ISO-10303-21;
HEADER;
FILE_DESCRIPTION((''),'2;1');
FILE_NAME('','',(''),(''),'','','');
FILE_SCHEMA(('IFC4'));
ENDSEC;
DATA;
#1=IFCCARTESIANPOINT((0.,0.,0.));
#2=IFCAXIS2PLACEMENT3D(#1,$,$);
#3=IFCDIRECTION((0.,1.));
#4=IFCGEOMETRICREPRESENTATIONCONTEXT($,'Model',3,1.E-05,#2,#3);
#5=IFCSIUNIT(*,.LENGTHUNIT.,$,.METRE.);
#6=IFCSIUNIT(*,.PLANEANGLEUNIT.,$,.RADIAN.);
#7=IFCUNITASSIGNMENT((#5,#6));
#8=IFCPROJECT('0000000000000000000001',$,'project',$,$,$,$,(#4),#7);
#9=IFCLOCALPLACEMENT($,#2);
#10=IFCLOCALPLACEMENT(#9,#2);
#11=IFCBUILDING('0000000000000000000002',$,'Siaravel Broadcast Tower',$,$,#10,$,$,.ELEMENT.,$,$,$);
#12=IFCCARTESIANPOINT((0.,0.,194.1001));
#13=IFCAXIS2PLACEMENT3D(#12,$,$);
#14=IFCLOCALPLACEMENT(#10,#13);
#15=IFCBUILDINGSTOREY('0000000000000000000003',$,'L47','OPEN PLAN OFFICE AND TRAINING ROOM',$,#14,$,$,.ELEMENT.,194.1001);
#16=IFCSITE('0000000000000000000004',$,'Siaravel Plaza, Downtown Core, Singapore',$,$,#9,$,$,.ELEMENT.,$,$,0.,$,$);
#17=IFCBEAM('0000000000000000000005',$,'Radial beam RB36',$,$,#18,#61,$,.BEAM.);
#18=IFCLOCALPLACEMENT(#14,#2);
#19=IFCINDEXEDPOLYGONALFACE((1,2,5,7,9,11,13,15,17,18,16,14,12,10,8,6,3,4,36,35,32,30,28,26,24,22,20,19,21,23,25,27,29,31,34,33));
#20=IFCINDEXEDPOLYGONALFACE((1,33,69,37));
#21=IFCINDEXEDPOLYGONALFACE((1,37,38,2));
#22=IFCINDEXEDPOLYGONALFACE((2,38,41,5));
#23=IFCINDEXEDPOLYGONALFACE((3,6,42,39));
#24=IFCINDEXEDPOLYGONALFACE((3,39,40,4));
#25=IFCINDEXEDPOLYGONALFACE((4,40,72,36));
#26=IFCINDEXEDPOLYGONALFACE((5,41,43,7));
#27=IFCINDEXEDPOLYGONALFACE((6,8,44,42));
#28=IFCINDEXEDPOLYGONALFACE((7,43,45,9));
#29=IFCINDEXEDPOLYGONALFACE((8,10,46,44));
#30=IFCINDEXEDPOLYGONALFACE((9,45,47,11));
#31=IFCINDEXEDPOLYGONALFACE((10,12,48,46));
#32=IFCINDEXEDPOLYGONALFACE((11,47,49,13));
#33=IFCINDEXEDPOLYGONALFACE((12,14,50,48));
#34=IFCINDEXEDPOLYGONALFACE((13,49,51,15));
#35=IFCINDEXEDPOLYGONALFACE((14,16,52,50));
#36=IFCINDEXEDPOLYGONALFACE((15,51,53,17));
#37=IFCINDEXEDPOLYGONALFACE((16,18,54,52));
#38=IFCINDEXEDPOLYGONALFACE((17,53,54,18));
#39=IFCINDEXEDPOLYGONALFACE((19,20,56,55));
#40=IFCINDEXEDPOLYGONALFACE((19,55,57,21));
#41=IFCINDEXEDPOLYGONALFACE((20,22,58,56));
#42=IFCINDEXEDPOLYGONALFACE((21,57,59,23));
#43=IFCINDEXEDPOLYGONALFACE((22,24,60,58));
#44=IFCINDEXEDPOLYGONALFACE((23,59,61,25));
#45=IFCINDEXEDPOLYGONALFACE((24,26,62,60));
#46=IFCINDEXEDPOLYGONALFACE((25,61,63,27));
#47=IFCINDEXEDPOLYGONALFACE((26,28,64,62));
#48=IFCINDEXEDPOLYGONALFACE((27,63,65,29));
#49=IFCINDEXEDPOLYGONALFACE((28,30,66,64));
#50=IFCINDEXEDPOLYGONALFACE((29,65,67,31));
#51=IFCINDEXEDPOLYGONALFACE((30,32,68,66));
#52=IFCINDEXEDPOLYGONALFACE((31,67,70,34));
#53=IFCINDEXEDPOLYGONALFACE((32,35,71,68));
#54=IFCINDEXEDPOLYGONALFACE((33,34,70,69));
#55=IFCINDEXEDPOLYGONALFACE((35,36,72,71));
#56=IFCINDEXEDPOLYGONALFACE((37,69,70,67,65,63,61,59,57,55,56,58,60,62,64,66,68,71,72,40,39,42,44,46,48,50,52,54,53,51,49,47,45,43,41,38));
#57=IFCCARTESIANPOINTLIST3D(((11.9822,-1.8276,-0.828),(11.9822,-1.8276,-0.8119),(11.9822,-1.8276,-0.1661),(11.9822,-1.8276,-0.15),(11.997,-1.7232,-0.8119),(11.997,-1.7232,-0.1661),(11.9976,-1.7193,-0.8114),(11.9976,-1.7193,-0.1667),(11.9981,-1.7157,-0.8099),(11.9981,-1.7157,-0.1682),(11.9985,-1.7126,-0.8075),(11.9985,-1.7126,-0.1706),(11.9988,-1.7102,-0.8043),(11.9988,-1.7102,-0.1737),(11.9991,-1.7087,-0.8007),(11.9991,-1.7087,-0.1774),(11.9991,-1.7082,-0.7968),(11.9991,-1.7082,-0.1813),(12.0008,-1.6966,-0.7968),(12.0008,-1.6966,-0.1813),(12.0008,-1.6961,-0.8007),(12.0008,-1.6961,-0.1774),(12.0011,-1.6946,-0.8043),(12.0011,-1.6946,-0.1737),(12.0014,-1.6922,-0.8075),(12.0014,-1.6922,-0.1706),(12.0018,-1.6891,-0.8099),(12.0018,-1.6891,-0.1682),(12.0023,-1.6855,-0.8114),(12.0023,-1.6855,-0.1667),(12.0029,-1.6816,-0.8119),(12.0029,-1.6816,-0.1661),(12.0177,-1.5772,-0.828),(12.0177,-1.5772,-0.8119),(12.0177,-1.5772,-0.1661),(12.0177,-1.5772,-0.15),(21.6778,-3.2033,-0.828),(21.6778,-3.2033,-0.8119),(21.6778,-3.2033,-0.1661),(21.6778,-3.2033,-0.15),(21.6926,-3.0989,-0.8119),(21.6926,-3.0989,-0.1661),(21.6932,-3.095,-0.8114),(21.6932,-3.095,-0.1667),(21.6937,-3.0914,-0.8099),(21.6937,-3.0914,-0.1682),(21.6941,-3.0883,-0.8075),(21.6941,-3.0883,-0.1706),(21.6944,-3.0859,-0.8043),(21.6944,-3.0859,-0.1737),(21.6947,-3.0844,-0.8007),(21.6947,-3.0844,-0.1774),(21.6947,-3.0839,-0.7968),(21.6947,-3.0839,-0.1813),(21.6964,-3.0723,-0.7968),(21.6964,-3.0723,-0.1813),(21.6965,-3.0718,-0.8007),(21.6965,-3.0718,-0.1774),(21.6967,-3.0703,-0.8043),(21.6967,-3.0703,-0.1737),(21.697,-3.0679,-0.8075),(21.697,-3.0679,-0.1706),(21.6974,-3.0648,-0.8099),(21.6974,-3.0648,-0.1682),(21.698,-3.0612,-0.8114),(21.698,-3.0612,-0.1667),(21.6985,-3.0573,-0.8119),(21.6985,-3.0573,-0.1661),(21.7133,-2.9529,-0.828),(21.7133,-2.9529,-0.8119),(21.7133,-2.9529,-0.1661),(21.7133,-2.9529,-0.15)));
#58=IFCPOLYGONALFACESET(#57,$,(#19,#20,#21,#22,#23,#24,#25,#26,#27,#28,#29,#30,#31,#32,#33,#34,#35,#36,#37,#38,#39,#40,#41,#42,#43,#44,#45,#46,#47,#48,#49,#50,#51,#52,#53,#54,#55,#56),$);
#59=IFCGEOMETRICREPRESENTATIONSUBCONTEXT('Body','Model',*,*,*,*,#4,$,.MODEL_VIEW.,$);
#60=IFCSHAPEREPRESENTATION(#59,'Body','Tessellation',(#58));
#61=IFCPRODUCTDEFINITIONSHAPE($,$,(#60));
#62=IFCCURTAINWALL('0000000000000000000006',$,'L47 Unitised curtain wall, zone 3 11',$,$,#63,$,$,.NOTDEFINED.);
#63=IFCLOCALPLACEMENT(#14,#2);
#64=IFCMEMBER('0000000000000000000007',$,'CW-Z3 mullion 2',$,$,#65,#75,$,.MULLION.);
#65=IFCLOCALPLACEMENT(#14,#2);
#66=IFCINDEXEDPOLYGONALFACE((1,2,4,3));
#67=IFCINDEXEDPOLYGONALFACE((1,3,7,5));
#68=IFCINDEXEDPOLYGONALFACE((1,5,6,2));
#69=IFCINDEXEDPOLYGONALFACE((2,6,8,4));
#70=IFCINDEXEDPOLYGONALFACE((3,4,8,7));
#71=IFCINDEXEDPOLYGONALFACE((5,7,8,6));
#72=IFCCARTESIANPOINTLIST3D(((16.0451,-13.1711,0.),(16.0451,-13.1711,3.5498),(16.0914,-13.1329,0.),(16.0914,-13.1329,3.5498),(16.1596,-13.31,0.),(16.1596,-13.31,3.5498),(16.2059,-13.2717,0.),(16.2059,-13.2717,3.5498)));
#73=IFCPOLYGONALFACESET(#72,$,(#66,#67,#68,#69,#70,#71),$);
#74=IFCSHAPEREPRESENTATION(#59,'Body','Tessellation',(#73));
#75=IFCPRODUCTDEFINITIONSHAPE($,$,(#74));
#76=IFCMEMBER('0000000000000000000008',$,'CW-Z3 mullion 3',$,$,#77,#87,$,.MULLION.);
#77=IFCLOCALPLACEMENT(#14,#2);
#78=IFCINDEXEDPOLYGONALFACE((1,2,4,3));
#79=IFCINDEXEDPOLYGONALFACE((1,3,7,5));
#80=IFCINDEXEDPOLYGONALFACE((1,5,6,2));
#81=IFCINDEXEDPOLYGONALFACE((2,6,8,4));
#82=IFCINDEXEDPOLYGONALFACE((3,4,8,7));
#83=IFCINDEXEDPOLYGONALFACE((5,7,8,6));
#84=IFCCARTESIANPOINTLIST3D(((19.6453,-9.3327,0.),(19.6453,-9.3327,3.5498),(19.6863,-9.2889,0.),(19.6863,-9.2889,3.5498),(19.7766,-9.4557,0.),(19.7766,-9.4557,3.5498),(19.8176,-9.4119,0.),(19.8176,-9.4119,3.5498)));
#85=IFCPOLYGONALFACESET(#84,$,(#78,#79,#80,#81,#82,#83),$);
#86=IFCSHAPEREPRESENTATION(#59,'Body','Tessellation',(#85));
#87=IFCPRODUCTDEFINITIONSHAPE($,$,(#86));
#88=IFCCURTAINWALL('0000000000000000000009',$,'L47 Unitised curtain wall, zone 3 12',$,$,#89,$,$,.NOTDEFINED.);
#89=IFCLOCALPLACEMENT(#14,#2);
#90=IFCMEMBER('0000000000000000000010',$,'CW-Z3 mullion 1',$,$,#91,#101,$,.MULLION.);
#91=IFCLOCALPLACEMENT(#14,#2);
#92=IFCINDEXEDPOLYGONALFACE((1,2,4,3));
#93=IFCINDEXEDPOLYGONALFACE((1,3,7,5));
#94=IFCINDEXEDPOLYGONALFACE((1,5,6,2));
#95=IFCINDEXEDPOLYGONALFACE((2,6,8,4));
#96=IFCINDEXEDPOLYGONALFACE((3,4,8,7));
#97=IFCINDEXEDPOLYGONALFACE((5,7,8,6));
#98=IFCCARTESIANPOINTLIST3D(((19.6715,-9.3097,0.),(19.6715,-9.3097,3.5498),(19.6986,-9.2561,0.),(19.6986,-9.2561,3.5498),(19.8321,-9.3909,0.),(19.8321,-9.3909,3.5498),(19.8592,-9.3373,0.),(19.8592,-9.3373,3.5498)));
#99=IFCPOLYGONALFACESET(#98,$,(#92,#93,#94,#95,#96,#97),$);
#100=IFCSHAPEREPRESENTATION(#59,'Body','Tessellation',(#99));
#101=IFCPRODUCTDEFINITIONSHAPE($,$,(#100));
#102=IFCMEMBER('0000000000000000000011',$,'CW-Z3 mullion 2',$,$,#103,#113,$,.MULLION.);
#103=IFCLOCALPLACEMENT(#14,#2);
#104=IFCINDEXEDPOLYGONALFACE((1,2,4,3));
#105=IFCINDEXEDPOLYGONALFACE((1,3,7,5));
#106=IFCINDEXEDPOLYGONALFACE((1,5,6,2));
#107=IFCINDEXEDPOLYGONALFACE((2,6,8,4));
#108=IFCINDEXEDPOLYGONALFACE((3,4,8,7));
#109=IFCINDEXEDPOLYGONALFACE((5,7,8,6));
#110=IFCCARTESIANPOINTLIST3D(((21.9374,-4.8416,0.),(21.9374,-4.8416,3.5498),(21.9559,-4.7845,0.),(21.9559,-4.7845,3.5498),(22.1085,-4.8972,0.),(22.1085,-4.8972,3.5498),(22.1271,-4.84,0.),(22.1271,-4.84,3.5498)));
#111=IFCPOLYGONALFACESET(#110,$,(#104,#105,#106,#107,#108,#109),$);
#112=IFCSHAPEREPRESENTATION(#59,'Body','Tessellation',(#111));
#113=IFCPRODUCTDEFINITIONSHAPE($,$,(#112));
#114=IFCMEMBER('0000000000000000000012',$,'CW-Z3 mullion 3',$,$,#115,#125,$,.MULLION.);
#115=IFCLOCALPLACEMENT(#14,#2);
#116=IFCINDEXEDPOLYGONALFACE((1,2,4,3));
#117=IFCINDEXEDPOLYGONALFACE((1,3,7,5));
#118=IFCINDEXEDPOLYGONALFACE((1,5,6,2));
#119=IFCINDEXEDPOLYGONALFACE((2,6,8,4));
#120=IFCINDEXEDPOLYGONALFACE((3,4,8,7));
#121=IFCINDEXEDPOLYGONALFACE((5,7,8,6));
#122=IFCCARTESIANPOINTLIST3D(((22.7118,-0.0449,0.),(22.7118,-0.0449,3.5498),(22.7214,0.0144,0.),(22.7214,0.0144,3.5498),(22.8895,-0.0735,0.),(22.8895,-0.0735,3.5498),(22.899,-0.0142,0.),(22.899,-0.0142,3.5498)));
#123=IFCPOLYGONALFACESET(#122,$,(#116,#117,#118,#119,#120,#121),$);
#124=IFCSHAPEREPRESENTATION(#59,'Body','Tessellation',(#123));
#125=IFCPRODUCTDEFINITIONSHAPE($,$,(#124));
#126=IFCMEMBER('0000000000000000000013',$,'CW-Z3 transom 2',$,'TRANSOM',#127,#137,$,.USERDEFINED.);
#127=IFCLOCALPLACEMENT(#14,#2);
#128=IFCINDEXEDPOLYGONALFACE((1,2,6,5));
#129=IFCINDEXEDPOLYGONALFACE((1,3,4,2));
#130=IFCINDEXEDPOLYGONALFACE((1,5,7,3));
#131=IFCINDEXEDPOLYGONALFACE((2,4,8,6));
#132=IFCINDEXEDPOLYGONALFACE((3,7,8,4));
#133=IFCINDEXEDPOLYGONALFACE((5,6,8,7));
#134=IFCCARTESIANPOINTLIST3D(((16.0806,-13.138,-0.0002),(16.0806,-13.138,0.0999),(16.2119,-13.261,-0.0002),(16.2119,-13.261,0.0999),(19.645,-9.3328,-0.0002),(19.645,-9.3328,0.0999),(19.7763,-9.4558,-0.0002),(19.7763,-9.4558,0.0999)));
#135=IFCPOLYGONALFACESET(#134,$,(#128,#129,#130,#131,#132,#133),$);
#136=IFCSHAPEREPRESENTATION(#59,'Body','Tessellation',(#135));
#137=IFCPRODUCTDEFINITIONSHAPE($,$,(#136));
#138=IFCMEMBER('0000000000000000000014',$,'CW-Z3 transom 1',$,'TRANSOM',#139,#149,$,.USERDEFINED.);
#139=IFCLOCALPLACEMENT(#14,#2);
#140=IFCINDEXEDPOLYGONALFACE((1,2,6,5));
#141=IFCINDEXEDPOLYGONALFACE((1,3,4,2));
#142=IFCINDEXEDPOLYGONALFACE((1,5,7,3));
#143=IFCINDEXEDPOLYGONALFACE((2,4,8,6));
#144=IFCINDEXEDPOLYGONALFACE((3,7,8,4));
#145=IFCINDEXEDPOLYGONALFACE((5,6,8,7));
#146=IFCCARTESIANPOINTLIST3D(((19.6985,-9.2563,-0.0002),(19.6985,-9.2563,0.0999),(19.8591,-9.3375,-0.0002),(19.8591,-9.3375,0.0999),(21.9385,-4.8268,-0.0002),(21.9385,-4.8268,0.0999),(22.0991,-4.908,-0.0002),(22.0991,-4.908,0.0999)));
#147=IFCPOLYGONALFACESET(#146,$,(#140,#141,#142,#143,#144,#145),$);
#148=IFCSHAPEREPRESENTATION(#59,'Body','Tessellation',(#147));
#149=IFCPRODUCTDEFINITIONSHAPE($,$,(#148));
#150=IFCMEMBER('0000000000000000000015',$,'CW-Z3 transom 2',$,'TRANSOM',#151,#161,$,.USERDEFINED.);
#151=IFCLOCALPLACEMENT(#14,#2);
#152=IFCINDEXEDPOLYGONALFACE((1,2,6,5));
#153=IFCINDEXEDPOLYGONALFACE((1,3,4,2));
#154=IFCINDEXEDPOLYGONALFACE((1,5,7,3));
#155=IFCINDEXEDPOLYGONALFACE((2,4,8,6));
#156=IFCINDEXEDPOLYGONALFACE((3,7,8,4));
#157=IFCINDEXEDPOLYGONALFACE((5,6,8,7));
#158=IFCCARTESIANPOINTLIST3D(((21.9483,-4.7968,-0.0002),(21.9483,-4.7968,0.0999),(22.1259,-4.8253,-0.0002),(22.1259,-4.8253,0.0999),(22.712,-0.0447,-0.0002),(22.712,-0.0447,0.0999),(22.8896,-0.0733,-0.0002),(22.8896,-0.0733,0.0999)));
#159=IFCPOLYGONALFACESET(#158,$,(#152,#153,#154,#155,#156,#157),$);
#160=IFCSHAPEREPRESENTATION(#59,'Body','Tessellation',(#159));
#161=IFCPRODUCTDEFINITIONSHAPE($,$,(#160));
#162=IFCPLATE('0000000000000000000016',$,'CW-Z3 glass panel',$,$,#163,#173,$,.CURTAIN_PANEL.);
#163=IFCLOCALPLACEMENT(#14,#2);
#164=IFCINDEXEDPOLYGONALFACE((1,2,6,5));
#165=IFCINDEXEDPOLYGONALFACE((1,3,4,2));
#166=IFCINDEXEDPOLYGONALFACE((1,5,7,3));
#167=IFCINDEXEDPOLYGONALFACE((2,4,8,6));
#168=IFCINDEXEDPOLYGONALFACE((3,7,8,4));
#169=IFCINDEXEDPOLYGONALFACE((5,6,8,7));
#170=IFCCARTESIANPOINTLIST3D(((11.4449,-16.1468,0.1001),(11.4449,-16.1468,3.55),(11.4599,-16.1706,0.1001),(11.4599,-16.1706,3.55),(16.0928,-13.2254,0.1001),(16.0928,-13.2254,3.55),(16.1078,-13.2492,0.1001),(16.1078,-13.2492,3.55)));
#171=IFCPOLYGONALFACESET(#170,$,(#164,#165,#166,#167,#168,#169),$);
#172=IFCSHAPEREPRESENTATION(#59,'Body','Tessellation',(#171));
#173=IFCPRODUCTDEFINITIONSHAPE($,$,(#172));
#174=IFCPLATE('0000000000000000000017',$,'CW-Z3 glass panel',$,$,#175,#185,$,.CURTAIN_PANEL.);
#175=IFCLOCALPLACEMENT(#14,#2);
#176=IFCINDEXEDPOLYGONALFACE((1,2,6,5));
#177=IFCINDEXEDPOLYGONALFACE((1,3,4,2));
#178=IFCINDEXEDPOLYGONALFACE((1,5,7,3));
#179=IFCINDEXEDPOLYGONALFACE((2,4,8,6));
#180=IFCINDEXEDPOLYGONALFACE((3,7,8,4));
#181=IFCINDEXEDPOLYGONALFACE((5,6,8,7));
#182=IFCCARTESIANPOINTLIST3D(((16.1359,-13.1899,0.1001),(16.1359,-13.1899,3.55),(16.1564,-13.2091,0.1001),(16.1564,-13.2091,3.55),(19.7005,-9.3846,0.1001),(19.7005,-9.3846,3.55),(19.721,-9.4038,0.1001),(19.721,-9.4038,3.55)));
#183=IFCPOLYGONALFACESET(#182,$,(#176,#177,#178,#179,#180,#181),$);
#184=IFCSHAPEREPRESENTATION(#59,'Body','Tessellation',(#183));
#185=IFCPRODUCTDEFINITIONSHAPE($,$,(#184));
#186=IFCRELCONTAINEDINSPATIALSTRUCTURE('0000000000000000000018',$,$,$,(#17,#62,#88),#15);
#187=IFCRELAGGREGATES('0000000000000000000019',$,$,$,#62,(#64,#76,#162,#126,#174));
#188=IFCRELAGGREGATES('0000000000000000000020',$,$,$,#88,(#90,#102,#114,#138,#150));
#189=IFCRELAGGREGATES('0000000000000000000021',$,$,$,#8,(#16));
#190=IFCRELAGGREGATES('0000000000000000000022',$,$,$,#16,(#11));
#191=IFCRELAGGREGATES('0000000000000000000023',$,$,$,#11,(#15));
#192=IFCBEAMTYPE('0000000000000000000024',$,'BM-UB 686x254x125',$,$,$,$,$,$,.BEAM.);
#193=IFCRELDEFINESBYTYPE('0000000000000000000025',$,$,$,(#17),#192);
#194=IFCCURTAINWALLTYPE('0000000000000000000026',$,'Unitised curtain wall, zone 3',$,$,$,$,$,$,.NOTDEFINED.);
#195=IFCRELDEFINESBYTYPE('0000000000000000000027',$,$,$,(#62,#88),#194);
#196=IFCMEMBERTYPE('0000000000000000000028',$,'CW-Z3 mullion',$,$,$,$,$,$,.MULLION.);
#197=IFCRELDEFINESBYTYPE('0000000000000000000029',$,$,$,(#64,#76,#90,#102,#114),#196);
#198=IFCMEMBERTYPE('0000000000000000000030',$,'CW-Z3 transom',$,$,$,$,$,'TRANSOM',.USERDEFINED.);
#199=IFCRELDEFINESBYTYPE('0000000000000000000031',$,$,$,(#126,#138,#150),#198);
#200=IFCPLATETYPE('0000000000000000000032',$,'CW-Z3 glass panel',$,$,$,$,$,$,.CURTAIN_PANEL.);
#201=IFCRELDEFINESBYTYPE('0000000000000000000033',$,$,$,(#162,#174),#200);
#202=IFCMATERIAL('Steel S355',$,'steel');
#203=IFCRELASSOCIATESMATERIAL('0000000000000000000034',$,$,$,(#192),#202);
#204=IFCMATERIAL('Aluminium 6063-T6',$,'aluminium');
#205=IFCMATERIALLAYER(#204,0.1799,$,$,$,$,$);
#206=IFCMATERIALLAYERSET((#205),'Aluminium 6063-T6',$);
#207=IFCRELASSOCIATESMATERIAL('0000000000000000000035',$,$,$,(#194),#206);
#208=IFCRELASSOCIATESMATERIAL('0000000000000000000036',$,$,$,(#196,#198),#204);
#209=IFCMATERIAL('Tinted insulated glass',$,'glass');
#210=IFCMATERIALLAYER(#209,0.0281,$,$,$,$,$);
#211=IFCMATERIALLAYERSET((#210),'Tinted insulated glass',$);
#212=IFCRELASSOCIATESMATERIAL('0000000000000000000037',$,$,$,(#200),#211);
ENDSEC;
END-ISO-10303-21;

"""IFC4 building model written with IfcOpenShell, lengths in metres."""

from ifc_helpers import new_model, si_unit, direction, frame, origin, origin_2d, place, context, subcontext, project, spatial, rectangle, i_section, extrude, material, layer, layer_set, material_profile, profile_set, type_object, element, aggregate, save


model = new_model("IFC4")

# Units and contexts
model_context = context("Model", 3, precision=1e-05, world=origin(), true_north=direction((0.0, 1.0)))
body_context = subcontext(model_context, "Body", "Model", "MODEL_VIEW")
ifc_project = project(units=[si_unit("LENGTHUNIT", "METRE"), si_unit("PLANEANGLEUNIT", "RADIAN")], contexts=[model_context])

# Site, building, storey
site_placement = place(None, origin())
site = spatial("IfcSite", under=ifc_project, at=site_placement, Name="Siaravel Plaza, Downtown Core, Singapore", CompositionType="ELEMENT", RefElevation=0.0)
building_placement = place(site_placement, origin())
building = spatial("IfcBuilding", under=site, at=building_placement, Name="Siaravel Broadcast Tower", CompositionType="ELEMENT")
storey_placement = place(building_placement, frame((0.0, 0.0, 194.1001)))
storey = spatial("IfcBuildingStorey", under=building, at=storey_placement, Name="L47", Description="OPEN PLAN OFFICE AND TRAINING ROOM", CompositionType="ELEMENT", Elevation=194.1001)

# Beam
ifc_material_1 = material(Name="Steel S355", Category="steel")
ifc_material_profile_1 = material_profile(ifc_material_1, i_section(OverallWidth=0.2529, OverallDepth=0.678, WebThickness=0.0117, FlangeThickness=0.0161, FilletRadius=0.0151, at=origin_2d()))
ifc_profile_set_1 = profile_set([ifc_material_profile_1], Name="Steel S355")
beam_type = type_object("IfcBeamType", Name="BM-UB 686x254x125", PredefinedType="BEAM", material=ifc_profile_set_1)
beam_1_placement = place(storey_placement, frame((21.6956, -3.0781, -0.489), z_axis=(-0.990083, 0.140486, 0.0), x_axis=(-0.140486, -0.990083, 0.0)))
element("IfcBeam", 1, at=beam_1_placement, inside=storey, type_object=beam_type, Name="Radial beam RB36", PredefinedType="BEAM", context=body_context, shape_type="SweptSolid", body=[
    extrude(i_section(OverallWidth=0.2529, OverallDepth=0.678, WebThickness=0.0117, FlangeThickness=0.0161, FilletRadius=0.0151, at=origin_2d()), origin(), (0.0, 0.0, 1.0), 9.7927),
])

# Curtain walls, members
ifc_material_2 = material(Name="Aluminium 6063-T6", Category="aluminium")
ifc_layer_1 = layer(ifc_material_2, 0.1799)
ifc_layer_set_1 = layer_set([ifc_layer_1], Name="Aluminium 6063-T6")
curtain_wall_type = type_object("IfcCurtainWallType", Name="Unitised curtain wall, zone 3", PredefinedType="NOTDEFINED", material=ifc_layer_set_1)
curtain_wall_1_placement = place(storey_placement, origin())
curtain_wall_1 = element("IfcCurtainWall", 2, at=curtain_wall_1_placement, inside=storey, type_object=curtain_wall_type, Name="L47 Unitised curtain wall, zone 3 11", PredefinedType="NOTDEFINED")
ifc_material_profile_2 = material_profile(ifc_material_2, rectangle(XDim=0.1799, YDim=0.0601, at=origin_2d()))
ifc_profile_set_2 = profile_set([ifc_material_profile_2], Name="Aluminium 6063-T6")
member_type_1 = type_object("IfcMemberType", Name="CW-Z3 mullion", PredefinedType="MULLION", material=ifc_profile_set_2)
member_1_placement = place(storey_placement, frame((16.1255, -13.2214, 0.0), z_axis=(0.0, 0.0, 1.0), x_axis=(-0.636219, 0.771509, 0.0)))
member_1 = element("IfcMember", 3, at=member_1_placement, type_object=member_type_1, Name="CW-Z3 mullion 2", PredefinedType="MULLION", context=body_context, shape_type="SweptSolid", body=[
    extrude(rectangle(XDim=0.1799, YDim=0.0601, at=origin_2d()), origin(), (0.0, 0.0, 1.0), 3.5498),
])
member_2_placement = place(storey_placement, frame((19.7314, -9.3723, 0.0), z_axis=(0.0, 0.0, 1.0), x_axis=(-0.729805, 0.683655, 0.0)))
member_2 = element("IfcMember", 4, at=member_2_placement, type_object=member_type_1, Name="CW-Z3 mullion 3", PredefinedType="MULLION", context=body_context, shape_type="SweptSolid", body=[
    extrude(rectangle(XDim=0.1799, YDim=0.0601, at=origin_2d()), origin(), (0.0, 0.0, 1.0), 3.5498),
])
curtain_wall_2_placement = place(storey_placement, origin())
curtain_wall_2 = element("IfcCurtainWall", 5, at=curtain_wall_2_placement, inside=storey, type_object=curtain_wall_type, Name="L47 Unitised curtain wall, zone 3 12", PredefinedType="NOTDEFINED")
member_3_placement = place(storey_placement, frame((19.7654, -9.3235, 0.0), z_axis=(0.0, 0.0, 1.0), x_axis=(-0.892392, 0.451261, 0.0)))
member_3 = element("IfcMember", 6, at=member_3_placement, type_object=member_type_1, Name="CW-Z3 mullion 1", PredefinedType="MULLION", context=body_context, shape_type="SweptSolid", body=[
    extrude(rectangle(XDim=0.1799, YDim=0.0601, at=origin_2d()), origin(), (0.0, 0.0, 1.0), 3.5498),
])
member_4_placement = place(storey_placement, frame((22.0322, -4.8408, 0.0), z_axis=(0.0, 0.0, 1.0), x_axis=(-0.951177, 0.308645, 0.0)))
member_4 = element("IfcMember", 7, at=member_4_placement, type_object=member_type_1, Name="CW-Z3 mullion 2", PredefinedType="MULLION", context=body_context, shape_type="SweptSolid", body=[
    extrude(rectangle(XDim=0.1799, YDim=0.0601, at=origin_2d()), origin(), (0.0, 0.0, 1.0), 3.5498),
])
member_5_placement = place(storey_placement, frame((22.8054, -0.0295, 0.0), z_axis=(0.0, 0.0, 1.0), x_axis=(-0.987329, 0.158685, 0.0)))
member_5 = element("IfcMember", 8, at=member_5_placement, type_object=member_type_1, Name="CW-Z3 mullion 3", PredefinedType="MULLION", context=body_context, shape_type="SweptSolid", body=[
    extrude(rectangle(XDim=0.1799, YDim=0.0601, at=origin_2d()), origin(), (0.0, 0.0, 1.0), 3.5498),
])

# Members
ifc_material_profile_3 = material_profile(ifc_material_2, rectangle(XDim=0.1799, YDim=0.1001, at=origin_2d()))
ifc_profile_set_3 = profile_set([ifc_material_profile_3], Name="Aluminium 6063-T6")
member_type_2 = type_object("IfcMemberType", Name="CW-Z3 transom", ElementType="TRANSOM", PredefinedType="USERDEFINED", material=ifc_profile_set_3)
member_6_placement = place(storey_placement, frame((16.1462, -13.1995, 0.0498), z_axis=(0.683645, 0.729815, 0.0), x_axis=(-0.729815, 0.683645, 0.0)))
member_6 = element("IfcMember", 9, at=member_6_placement, type_object=member_type_2, Name="CW-Z3 transom 2", ObjectType="TRANSOM", PredefinedType="USERDEFINED", context=body_context, shape_type="SweptSolid", body=[
    extrude(rectangle(XDim=0.1799, YDim=0.1001, at=origin_2d()), origin(), (0.0, 0.0, 1.0), 5.2139),
])
member_7_placement = place(storey_placement, frame((19.7788, -9.2969, 0.0498), z_axis=(0.451282, 0.892382, 0.0), x_axis=(-0.892382, 0.451282, 0.0)))
member_7 = element("IfcMember", 10, at=member_7_placement, type_object=member_type_2, Name="CW-Z3 transom 1", ObjectType="TRANSOM", PredefinedType="USERDEFINED", context=body_context, shape_type="SweptSolid", body=[
    extrude(rectangle(XDim=0.1799, YDim=0.1001, at=origin_2d()), origin(), (0.0, 0.0, 1.0), 4.9636),
])
member_8_placement = place(storey_placement, frame((22.0371, -4.811, 0.0498), z_axis=(0.158671, 0.987332, 0.0), x_axis=(-0.987332, 0.158671, 0.0)))
member_8 = element("IfcMember", 11, at=member_8_placement, type_object=member_type_2, Name="CW-Z3 transom 2", ObjectType="TRANSOM", PredefinedType="USERDEFINED", context=body_context, shape_type="SweptSolid", body=[
    extrude(rectangle(XDim=0.1799, YDim=0.1001, at=origin_2d()), origin(), (0.0, 0.0, 1.0), 4.813),
])

# Plates
ifc_material_3 = material(Name="Tinted insulated glass", Category="glass")
ifc_layer_2 = layer(ifc_material_3, 0.0281)
ifc_layer_set_2 = layer_set([ifc_layer_2], Name="Tinted insulated glass")
plate_type = type_object("IfcPlateType", Name="CW-Z3 glass panel", PredefinedType="CURTAIN_PANEL", material=ifc_layer_set_2)
plate_1_placement = place(storey_placement, frame((13.7764, -14.698, 0.1001), z_axis=(0.0, 0.0, 1.0), x_axis=(0.846651, 0.532149, 0.0)))
plate_1 = element("IfcPlate", 12, at=plate_1_placement, type_object=plate_type, Name="CW-Z3 glass panel", PredefinedType="CURTAIN_PANEL", context=body_context, shape_type="SweptSolid", body=[
    extrude(rectangle(XDim=5.4897, YDim=0.0281, at=origin_2d()), origin(), (0.0, 0.0, 1.0), 3.45),
])
plate_2_placement = place(storey_placement, frame((17.9285, -11.2969, 0.1001), z_axis=(0.0, 0.0, 1.0), x_axis=(0.683655, 0.729805, 0.0)))
plate_2 = element("IfcPlate", 13, at=plate_2_placement, type_object=plate_type, Name="CW-Z3 glass panel", PredefinedType="CURTAIN_PANEL", context=body_context, shape_type="SweptSolid", body=[
    extrude(rectangle(XDim=5.2141, YDim=0.0281, at=origin_2d()), origin(), (0.0, 0.0, 1.0), 3.45),
])
aggregate(curtain_wall_1, [member_1, member_2, plate_1, member_6, plate_2])
aggregate(curtain_wall_2, [member_3, member_4, member_5, member_7, member_8])

save(model, "model.ifc")
